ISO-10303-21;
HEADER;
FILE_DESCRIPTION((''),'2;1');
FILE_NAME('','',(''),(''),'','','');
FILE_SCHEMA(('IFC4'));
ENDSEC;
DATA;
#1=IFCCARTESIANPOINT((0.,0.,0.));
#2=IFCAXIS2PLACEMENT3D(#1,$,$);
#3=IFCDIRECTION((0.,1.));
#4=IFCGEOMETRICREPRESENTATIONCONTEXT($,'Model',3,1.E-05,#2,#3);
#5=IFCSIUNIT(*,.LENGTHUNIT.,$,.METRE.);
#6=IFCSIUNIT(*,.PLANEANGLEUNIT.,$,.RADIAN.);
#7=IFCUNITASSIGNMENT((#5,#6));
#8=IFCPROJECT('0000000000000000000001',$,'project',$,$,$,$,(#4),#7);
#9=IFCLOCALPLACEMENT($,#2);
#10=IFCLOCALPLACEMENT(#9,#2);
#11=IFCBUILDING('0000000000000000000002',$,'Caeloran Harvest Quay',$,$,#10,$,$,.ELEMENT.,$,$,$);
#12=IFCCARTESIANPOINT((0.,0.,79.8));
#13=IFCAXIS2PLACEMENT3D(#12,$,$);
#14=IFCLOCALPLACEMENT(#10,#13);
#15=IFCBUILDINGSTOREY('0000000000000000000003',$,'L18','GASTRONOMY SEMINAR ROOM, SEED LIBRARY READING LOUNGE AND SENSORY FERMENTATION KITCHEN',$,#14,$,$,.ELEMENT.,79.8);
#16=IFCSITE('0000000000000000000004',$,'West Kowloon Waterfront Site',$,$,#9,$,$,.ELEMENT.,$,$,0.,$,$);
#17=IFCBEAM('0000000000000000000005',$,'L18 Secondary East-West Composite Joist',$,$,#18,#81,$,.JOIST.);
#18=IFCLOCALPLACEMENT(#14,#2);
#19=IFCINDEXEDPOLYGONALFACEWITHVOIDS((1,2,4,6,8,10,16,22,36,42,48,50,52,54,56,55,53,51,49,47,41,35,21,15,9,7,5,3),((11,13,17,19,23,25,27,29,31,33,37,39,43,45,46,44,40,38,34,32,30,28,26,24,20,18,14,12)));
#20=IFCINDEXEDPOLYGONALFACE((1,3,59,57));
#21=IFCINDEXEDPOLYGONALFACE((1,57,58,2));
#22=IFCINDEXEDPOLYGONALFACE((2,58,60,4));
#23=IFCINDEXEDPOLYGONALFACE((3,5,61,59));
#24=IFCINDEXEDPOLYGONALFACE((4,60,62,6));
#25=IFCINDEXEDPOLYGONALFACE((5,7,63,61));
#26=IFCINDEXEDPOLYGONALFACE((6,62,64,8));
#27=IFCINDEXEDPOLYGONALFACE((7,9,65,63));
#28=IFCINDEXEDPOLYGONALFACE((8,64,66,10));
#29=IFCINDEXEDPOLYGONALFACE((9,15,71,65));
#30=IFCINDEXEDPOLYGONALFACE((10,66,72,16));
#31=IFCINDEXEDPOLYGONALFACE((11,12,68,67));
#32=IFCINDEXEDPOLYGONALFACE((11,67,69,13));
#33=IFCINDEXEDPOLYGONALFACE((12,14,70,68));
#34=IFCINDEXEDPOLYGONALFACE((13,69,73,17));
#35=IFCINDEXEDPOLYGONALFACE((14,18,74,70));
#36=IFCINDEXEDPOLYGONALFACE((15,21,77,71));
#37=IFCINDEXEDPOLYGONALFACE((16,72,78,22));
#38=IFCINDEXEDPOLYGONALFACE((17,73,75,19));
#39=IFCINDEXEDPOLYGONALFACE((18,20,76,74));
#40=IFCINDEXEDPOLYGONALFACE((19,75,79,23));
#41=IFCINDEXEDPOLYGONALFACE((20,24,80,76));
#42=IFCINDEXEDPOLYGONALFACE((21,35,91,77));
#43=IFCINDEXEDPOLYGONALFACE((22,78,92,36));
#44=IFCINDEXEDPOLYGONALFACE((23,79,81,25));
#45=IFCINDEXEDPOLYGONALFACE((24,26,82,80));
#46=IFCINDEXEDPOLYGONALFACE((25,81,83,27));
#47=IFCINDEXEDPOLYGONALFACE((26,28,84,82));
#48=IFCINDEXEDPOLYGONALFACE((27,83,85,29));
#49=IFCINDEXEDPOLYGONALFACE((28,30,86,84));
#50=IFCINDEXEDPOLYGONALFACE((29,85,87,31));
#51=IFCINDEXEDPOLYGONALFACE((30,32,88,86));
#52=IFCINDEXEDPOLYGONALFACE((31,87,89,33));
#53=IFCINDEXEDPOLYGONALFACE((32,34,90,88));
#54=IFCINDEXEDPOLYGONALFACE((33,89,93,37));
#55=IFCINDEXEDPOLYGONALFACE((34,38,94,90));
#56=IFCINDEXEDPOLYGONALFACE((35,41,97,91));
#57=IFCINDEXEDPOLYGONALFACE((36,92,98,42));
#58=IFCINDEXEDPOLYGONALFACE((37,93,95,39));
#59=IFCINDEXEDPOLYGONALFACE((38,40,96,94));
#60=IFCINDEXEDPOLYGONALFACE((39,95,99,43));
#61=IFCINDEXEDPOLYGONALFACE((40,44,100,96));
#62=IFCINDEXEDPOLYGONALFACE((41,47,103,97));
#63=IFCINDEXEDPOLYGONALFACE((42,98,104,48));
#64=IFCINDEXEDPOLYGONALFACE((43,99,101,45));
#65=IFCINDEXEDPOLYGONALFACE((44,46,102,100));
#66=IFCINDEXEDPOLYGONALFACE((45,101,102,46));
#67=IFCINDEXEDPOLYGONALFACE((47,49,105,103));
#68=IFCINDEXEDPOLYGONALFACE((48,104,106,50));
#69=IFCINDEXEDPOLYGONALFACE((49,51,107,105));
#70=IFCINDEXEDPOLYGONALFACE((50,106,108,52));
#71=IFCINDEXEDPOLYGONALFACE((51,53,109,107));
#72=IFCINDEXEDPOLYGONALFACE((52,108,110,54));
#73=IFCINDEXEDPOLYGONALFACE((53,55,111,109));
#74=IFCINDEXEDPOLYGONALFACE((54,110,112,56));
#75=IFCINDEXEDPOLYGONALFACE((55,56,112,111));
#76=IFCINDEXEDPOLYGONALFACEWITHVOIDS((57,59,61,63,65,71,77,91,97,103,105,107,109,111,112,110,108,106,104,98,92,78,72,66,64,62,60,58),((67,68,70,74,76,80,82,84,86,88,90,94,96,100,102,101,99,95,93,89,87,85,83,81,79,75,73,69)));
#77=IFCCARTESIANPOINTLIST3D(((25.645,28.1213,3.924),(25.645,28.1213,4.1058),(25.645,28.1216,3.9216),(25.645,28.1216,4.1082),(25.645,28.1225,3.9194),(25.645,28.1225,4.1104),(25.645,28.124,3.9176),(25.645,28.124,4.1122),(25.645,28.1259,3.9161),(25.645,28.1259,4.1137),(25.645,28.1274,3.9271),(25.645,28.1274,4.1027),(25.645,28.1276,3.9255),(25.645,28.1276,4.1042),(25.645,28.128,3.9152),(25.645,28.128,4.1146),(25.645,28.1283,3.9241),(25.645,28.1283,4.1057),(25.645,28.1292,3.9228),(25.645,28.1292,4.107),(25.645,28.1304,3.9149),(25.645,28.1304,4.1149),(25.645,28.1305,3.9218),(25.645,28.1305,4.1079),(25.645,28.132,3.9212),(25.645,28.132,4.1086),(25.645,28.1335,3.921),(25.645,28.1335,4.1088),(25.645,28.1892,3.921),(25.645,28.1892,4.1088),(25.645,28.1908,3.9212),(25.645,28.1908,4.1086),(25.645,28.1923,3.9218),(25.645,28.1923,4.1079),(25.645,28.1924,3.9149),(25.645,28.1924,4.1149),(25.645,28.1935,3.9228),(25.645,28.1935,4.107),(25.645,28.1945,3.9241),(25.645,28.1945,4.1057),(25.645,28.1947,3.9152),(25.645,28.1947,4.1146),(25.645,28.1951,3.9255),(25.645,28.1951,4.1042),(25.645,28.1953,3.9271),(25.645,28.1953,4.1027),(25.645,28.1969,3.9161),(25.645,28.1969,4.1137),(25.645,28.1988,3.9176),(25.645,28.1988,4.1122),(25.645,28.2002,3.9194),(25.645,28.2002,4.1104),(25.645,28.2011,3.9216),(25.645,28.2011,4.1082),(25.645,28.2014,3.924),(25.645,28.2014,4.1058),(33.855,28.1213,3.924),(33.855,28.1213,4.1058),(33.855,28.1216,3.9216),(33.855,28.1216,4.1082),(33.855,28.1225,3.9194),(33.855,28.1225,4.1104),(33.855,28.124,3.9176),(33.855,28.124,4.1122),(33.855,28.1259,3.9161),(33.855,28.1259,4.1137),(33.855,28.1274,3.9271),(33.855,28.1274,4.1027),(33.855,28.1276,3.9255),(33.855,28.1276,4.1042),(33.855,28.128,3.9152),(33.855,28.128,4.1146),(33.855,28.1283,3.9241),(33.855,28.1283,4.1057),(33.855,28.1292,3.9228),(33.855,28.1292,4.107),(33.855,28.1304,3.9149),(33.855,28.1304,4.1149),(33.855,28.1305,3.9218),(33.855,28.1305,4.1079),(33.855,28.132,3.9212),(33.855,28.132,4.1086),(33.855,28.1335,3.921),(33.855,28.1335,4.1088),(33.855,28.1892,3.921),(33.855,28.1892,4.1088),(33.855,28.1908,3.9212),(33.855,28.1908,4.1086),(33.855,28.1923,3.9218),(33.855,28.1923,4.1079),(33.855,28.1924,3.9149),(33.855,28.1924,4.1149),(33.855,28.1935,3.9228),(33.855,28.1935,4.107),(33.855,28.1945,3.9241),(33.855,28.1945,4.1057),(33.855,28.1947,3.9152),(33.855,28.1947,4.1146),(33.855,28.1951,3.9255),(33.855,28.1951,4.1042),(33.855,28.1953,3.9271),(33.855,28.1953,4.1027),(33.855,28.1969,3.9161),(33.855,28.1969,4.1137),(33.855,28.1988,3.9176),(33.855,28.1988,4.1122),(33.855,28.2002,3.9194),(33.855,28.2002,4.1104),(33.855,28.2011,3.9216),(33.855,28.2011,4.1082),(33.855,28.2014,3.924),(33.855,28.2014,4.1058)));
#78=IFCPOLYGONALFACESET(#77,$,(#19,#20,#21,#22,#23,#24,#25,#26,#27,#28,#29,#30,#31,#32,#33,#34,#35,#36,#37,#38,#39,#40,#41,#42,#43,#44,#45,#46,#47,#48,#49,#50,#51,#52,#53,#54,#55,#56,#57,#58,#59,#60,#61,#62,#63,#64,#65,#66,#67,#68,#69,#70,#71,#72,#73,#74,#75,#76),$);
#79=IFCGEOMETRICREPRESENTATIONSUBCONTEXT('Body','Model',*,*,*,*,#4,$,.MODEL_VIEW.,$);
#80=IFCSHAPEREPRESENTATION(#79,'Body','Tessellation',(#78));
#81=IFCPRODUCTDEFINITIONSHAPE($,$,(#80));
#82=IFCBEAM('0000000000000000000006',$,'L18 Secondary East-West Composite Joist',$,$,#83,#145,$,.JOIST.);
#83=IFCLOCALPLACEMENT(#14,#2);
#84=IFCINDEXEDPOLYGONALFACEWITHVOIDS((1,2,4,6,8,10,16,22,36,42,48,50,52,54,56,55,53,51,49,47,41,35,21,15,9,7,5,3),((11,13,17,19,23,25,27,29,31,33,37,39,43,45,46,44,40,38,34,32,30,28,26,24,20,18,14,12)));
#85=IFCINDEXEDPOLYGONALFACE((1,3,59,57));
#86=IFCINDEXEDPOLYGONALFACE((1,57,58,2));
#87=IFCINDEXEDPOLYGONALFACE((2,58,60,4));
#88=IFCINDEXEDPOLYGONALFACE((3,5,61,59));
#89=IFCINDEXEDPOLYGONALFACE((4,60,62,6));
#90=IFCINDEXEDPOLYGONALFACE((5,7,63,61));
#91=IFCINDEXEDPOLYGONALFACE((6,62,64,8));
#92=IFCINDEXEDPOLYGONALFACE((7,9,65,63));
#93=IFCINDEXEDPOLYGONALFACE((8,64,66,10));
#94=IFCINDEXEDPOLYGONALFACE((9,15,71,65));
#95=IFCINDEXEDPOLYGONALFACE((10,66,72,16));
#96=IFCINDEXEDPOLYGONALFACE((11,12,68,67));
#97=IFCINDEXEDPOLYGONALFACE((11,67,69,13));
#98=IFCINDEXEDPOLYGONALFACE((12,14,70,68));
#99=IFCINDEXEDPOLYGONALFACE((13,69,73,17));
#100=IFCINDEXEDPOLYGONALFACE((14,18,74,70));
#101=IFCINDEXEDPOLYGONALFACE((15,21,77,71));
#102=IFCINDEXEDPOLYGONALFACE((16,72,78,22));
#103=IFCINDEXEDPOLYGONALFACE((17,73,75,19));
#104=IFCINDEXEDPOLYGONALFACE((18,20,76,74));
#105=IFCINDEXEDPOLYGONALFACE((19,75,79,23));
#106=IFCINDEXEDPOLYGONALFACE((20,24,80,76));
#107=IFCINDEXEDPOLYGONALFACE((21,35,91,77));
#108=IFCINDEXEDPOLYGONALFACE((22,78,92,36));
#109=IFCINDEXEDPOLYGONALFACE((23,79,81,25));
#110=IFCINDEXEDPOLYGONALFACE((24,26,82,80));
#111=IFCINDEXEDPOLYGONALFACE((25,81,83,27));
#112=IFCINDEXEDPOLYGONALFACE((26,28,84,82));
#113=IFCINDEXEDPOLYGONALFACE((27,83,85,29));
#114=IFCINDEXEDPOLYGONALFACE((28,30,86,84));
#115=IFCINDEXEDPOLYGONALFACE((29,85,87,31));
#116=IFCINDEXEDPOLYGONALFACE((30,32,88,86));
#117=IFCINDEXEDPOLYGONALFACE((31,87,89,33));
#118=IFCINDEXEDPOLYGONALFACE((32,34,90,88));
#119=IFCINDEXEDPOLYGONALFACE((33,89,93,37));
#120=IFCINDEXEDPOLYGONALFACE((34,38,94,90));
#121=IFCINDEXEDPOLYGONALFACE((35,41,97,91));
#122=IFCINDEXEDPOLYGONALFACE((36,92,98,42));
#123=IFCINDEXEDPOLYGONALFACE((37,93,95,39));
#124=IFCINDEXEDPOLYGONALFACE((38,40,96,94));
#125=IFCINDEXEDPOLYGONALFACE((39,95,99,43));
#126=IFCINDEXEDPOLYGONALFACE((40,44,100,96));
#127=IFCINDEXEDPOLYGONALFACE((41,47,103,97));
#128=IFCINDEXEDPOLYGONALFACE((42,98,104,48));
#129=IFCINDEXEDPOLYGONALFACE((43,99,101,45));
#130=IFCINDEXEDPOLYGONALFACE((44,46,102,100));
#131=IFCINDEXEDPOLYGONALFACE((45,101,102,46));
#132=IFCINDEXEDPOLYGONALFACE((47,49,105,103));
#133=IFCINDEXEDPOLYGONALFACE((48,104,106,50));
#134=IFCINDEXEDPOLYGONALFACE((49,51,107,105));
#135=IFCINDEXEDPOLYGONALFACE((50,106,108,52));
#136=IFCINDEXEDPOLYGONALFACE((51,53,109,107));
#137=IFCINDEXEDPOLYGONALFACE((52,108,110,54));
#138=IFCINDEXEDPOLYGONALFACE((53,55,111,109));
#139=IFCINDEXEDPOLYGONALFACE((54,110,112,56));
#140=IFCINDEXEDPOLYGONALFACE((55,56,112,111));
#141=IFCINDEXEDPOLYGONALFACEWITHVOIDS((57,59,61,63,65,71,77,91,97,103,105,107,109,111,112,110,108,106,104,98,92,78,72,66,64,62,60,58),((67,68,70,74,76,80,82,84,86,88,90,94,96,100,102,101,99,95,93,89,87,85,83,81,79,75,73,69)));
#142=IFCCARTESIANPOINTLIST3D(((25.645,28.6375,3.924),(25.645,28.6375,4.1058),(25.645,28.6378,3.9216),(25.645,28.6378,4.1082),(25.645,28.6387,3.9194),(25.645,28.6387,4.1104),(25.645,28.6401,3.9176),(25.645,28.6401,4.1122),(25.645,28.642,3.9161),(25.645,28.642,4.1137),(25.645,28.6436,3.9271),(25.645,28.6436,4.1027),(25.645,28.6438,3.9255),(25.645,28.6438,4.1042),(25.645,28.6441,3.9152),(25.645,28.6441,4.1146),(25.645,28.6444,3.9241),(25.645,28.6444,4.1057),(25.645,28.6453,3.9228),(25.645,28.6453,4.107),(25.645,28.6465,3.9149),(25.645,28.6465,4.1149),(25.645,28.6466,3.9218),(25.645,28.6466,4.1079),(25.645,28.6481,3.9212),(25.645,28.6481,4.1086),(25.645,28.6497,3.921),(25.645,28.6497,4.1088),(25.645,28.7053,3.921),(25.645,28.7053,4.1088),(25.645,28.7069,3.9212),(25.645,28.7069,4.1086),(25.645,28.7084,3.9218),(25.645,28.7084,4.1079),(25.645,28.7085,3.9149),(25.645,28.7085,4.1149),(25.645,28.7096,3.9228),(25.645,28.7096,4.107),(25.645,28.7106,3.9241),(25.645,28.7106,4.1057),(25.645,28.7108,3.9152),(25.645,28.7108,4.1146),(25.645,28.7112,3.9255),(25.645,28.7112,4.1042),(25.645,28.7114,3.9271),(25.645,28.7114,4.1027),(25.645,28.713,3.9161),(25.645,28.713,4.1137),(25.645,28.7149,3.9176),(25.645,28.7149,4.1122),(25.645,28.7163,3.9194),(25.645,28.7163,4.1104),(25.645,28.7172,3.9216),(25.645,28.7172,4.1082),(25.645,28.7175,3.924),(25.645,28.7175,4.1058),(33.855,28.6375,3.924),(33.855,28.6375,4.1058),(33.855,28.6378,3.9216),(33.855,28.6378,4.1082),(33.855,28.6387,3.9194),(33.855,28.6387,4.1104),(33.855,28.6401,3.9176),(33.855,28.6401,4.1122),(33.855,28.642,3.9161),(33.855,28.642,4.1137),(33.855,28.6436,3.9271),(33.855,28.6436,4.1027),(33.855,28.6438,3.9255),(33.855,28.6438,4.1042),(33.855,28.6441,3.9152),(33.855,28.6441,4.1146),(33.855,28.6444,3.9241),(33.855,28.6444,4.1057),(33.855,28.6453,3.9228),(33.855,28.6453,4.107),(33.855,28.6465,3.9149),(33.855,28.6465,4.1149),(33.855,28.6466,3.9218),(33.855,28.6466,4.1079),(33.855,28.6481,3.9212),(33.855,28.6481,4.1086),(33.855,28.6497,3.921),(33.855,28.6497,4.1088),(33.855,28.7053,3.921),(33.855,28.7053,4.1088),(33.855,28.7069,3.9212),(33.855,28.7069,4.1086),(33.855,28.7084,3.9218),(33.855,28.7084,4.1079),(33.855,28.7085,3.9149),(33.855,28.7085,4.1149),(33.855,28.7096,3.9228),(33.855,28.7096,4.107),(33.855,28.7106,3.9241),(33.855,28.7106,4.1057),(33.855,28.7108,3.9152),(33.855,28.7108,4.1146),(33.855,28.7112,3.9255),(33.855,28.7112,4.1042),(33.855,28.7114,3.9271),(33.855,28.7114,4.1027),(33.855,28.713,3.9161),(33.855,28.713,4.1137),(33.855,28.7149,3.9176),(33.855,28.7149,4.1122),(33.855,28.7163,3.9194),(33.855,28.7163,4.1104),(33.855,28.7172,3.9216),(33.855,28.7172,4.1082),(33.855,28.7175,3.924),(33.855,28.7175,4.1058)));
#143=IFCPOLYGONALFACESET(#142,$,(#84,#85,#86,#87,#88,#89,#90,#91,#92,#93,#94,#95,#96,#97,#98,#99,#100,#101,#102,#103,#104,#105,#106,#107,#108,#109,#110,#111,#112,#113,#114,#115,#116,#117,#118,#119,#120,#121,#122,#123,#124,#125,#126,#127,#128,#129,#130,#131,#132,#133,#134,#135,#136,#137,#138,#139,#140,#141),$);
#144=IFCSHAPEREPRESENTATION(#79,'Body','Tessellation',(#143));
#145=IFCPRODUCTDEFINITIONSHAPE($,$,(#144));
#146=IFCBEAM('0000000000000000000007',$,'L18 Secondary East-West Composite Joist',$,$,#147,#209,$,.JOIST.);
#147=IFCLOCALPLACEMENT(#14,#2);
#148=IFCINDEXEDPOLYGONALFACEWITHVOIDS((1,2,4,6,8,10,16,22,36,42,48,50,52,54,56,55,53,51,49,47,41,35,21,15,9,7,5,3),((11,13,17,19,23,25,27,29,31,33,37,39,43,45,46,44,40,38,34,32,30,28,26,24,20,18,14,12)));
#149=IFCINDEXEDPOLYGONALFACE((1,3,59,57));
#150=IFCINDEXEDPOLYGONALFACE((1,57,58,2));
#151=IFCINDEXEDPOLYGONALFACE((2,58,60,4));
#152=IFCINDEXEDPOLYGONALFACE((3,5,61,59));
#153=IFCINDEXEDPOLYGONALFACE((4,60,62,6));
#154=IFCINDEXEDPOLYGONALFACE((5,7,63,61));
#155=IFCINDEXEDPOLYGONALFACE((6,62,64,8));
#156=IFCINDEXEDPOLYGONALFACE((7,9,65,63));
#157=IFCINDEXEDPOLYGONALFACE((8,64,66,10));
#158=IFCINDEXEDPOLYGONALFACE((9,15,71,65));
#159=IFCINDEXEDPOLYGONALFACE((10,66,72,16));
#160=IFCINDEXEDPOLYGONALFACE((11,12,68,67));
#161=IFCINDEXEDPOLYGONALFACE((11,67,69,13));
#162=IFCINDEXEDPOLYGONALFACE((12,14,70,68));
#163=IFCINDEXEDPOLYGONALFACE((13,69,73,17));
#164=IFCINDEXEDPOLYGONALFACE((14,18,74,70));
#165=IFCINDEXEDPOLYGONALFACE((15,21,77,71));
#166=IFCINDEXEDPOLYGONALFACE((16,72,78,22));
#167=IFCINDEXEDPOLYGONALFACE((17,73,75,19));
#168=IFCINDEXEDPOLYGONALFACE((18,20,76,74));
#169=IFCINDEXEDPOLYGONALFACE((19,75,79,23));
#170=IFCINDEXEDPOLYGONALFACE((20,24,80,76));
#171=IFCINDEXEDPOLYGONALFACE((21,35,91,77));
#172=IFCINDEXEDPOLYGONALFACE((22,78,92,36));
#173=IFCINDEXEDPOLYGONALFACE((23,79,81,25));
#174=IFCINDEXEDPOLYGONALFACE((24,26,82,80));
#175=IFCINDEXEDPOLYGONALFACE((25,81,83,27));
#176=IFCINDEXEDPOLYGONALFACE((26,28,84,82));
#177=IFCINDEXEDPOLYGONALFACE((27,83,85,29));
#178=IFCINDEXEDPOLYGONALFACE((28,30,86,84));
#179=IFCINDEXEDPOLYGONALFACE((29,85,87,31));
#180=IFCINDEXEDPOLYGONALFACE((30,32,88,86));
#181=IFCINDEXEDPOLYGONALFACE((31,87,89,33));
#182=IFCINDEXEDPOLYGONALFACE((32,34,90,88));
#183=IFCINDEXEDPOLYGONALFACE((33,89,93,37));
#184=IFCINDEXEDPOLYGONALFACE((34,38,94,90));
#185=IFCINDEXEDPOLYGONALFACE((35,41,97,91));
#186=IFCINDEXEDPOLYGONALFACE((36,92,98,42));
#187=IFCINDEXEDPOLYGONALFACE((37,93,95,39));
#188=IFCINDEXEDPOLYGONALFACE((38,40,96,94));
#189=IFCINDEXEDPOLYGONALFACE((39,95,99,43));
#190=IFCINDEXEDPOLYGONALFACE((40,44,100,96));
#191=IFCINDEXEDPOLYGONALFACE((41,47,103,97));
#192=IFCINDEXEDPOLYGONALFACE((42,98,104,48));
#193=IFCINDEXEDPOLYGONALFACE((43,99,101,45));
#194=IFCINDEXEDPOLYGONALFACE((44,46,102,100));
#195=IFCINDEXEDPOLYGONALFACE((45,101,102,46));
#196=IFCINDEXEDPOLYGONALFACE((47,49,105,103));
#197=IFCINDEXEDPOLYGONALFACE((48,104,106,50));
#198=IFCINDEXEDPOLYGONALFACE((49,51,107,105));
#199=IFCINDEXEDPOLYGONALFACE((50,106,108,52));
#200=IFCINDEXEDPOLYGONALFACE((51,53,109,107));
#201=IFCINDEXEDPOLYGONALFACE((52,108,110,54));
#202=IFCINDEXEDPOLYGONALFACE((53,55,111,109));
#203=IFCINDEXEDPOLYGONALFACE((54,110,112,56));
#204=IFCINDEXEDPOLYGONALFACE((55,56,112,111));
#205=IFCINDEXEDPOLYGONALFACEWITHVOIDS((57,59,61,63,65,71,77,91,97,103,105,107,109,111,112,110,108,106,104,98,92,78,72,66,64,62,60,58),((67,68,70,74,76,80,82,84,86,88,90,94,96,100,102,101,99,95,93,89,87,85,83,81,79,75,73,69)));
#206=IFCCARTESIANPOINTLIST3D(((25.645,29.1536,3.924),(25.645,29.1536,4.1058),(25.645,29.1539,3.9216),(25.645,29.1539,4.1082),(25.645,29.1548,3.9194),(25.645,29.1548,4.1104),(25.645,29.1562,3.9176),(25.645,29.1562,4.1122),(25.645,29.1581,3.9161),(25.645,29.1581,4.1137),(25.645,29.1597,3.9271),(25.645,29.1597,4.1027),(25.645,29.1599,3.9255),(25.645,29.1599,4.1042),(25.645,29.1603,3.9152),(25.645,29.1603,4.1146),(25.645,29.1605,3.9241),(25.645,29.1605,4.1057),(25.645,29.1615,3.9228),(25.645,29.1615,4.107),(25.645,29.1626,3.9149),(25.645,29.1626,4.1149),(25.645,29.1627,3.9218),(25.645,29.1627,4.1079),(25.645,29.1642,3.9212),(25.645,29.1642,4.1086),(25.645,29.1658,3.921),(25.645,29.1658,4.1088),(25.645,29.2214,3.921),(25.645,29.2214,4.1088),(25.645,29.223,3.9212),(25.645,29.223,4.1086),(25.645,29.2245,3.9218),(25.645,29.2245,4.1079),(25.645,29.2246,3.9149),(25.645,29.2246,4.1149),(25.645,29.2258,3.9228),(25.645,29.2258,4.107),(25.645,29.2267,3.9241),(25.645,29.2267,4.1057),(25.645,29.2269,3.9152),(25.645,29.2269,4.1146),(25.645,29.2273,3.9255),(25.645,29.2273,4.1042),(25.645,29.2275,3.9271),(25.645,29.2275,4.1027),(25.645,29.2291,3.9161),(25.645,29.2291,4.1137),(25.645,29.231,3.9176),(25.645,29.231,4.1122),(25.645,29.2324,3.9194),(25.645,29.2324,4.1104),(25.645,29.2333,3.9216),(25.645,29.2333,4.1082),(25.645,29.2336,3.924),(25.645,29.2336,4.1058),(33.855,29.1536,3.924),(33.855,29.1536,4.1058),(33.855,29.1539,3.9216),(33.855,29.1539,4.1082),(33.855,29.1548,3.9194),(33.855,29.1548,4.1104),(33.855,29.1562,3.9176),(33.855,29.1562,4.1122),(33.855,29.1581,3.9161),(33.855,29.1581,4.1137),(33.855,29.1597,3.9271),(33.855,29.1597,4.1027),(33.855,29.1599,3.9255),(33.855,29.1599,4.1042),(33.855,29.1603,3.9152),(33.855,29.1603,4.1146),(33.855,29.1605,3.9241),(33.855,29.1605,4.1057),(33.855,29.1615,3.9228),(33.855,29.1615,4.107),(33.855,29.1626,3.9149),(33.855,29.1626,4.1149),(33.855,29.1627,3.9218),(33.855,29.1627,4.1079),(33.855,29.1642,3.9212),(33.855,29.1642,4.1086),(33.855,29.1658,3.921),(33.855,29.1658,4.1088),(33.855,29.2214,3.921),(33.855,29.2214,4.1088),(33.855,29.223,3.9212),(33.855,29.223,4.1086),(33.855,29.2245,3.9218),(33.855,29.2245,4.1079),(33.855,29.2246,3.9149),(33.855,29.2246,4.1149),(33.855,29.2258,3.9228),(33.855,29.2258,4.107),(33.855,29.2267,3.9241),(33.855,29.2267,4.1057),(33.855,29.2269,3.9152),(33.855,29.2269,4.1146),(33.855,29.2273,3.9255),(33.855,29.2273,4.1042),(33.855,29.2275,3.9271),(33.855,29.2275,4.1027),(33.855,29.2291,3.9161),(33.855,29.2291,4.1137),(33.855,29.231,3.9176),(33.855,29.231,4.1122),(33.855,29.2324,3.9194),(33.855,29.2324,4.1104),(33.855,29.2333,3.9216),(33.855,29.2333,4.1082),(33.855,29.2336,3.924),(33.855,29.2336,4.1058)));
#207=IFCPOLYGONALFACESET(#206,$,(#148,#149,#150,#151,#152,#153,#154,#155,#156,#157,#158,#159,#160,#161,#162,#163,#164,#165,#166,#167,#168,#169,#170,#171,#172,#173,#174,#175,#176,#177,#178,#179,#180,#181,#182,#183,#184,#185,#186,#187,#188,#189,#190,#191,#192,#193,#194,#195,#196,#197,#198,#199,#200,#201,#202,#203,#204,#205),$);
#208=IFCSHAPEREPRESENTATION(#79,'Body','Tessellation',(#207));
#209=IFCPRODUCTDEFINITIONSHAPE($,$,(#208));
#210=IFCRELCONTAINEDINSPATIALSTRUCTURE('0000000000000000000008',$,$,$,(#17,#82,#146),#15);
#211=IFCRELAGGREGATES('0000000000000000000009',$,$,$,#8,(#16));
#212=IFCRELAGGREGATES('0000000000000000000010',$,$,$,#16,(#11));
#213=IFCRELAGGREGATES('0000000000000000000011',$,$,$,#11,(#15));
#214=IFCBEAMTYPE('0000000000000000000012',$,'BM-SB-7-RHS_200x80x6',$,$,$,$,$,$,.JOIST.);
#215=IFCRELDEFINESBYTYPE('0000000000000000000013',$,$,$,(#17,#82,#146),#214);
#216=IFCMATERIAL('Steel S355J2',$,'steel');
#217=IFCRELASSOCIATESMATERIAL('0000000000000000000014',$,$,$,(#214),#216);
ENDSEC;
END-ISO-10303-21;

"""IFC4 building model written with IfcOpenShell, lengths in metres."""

from ifc_helpers import new_model, si_unit, direction, frame, origin, origin_2d, place, context, subcontext, project, spatial, hollow_rectangle, extrude, material, material_profile, profile_set, type_object, element, save


model = new_model("IFC4")

# Units and contexts
model_context = context("Model", 3, precision=1e-05, world=origin(), true_north=direction((0.0, 1.0)))
body_context = subcontext(model_context, "Body", "Model", "MODEL_VIEW")
ifc_project = project(units=[si_unit("LENGTHUNIT", "METRE"), si_unit("PLANEANGLEUNIT", "RADIAN")], contexts=[model_context])

# Site, building, storey
site_placement = place(None, origin())
site = spatial("IfcSite", under=ifc_project, at=site_placement, Name="West Kowloon Waterfront Site", CompositionType="ELEMENT", RefElevation=0.0)
building_placement = place(site_placement, origin())
building = spatial("IfcBuilding", under=site, at=building_placement, Name="Caeloran Harvest Quay", CompositionType="ELEMENT")
storey_placement = place(building_placement, frame((0.0, 0.0, 79.8)))
storey = spatial("IfcBuildingStorey", under=building, at=storey_placement, Name="L18", Description="GASTRONOMY SEMINAR ROOM, SEED LIBRARY READING LOUNGE AND SENSORY FERMENTATION KITCHEN", CompositionType="ELEMENT", Elevation=79.8)

# Beams
ifc_material_1 = material(Name="Steel S355J2", Category="steel")
ifc_material_profile_1 = material_profile(ifc_material_1, hollow_rectangle(XDim=0.0801, YDim=0.2, WallThickness=0.0061, InnerFilletRadius=0.0061, OuterFilletRadius=0.009, at=origin_2d()), Name="RHS 200x80x6")
ifc_profile_set_1 = profile_set([ifc_material_profile_1], Name="Steel S355J2")
beam_type_1 = type_object("IfcBeamType", Name="BM-SB-7-RHS_200x80x6", PredefinedType="JOIST", material=ifc_profile_set_1)
for number, where, z_axis, x_axis, name in (
    (1, (25.645, 28.1614, 4.0149), (1.0, 0.0, 0.0), (0.0, 1.0, 0.0), "L18 Secondary East-West Composite Joist"),
    (2, (25.645, 28.6775, 4.0149), (1.0, 0.0, 0.0), (0.0, 1.0, 0.0), "L18 Secondary East-West Composite Joist"),
    (3, (25.645, 29.1936, 4.0149), (1.0, 0.0, 0.0), (0.0, 1.0, 0.0), "L18 Secondary East-West Composite Joist"),
):
    element("IfcBeam", number, at=place(storey_placement, frame(where, z_axis=z_axis, x_axis=x_axis)), inside=storey, type_object=beam_type_1, Name=name, PredefinedType="JOIST", context=body_context, shape_type="SweptSolid", body=[
        extrude(hollow_rectangle(XDim=0.0801, YDim=0.2, WallThickness=0.0061, InnerFilletRadius=0.0061, OuterFilletRadius=0.009, at=origin_2d()), origin(), (0.0, 0.0, 1.0), 8.21),
    ])

save(model, "model.ifc")
